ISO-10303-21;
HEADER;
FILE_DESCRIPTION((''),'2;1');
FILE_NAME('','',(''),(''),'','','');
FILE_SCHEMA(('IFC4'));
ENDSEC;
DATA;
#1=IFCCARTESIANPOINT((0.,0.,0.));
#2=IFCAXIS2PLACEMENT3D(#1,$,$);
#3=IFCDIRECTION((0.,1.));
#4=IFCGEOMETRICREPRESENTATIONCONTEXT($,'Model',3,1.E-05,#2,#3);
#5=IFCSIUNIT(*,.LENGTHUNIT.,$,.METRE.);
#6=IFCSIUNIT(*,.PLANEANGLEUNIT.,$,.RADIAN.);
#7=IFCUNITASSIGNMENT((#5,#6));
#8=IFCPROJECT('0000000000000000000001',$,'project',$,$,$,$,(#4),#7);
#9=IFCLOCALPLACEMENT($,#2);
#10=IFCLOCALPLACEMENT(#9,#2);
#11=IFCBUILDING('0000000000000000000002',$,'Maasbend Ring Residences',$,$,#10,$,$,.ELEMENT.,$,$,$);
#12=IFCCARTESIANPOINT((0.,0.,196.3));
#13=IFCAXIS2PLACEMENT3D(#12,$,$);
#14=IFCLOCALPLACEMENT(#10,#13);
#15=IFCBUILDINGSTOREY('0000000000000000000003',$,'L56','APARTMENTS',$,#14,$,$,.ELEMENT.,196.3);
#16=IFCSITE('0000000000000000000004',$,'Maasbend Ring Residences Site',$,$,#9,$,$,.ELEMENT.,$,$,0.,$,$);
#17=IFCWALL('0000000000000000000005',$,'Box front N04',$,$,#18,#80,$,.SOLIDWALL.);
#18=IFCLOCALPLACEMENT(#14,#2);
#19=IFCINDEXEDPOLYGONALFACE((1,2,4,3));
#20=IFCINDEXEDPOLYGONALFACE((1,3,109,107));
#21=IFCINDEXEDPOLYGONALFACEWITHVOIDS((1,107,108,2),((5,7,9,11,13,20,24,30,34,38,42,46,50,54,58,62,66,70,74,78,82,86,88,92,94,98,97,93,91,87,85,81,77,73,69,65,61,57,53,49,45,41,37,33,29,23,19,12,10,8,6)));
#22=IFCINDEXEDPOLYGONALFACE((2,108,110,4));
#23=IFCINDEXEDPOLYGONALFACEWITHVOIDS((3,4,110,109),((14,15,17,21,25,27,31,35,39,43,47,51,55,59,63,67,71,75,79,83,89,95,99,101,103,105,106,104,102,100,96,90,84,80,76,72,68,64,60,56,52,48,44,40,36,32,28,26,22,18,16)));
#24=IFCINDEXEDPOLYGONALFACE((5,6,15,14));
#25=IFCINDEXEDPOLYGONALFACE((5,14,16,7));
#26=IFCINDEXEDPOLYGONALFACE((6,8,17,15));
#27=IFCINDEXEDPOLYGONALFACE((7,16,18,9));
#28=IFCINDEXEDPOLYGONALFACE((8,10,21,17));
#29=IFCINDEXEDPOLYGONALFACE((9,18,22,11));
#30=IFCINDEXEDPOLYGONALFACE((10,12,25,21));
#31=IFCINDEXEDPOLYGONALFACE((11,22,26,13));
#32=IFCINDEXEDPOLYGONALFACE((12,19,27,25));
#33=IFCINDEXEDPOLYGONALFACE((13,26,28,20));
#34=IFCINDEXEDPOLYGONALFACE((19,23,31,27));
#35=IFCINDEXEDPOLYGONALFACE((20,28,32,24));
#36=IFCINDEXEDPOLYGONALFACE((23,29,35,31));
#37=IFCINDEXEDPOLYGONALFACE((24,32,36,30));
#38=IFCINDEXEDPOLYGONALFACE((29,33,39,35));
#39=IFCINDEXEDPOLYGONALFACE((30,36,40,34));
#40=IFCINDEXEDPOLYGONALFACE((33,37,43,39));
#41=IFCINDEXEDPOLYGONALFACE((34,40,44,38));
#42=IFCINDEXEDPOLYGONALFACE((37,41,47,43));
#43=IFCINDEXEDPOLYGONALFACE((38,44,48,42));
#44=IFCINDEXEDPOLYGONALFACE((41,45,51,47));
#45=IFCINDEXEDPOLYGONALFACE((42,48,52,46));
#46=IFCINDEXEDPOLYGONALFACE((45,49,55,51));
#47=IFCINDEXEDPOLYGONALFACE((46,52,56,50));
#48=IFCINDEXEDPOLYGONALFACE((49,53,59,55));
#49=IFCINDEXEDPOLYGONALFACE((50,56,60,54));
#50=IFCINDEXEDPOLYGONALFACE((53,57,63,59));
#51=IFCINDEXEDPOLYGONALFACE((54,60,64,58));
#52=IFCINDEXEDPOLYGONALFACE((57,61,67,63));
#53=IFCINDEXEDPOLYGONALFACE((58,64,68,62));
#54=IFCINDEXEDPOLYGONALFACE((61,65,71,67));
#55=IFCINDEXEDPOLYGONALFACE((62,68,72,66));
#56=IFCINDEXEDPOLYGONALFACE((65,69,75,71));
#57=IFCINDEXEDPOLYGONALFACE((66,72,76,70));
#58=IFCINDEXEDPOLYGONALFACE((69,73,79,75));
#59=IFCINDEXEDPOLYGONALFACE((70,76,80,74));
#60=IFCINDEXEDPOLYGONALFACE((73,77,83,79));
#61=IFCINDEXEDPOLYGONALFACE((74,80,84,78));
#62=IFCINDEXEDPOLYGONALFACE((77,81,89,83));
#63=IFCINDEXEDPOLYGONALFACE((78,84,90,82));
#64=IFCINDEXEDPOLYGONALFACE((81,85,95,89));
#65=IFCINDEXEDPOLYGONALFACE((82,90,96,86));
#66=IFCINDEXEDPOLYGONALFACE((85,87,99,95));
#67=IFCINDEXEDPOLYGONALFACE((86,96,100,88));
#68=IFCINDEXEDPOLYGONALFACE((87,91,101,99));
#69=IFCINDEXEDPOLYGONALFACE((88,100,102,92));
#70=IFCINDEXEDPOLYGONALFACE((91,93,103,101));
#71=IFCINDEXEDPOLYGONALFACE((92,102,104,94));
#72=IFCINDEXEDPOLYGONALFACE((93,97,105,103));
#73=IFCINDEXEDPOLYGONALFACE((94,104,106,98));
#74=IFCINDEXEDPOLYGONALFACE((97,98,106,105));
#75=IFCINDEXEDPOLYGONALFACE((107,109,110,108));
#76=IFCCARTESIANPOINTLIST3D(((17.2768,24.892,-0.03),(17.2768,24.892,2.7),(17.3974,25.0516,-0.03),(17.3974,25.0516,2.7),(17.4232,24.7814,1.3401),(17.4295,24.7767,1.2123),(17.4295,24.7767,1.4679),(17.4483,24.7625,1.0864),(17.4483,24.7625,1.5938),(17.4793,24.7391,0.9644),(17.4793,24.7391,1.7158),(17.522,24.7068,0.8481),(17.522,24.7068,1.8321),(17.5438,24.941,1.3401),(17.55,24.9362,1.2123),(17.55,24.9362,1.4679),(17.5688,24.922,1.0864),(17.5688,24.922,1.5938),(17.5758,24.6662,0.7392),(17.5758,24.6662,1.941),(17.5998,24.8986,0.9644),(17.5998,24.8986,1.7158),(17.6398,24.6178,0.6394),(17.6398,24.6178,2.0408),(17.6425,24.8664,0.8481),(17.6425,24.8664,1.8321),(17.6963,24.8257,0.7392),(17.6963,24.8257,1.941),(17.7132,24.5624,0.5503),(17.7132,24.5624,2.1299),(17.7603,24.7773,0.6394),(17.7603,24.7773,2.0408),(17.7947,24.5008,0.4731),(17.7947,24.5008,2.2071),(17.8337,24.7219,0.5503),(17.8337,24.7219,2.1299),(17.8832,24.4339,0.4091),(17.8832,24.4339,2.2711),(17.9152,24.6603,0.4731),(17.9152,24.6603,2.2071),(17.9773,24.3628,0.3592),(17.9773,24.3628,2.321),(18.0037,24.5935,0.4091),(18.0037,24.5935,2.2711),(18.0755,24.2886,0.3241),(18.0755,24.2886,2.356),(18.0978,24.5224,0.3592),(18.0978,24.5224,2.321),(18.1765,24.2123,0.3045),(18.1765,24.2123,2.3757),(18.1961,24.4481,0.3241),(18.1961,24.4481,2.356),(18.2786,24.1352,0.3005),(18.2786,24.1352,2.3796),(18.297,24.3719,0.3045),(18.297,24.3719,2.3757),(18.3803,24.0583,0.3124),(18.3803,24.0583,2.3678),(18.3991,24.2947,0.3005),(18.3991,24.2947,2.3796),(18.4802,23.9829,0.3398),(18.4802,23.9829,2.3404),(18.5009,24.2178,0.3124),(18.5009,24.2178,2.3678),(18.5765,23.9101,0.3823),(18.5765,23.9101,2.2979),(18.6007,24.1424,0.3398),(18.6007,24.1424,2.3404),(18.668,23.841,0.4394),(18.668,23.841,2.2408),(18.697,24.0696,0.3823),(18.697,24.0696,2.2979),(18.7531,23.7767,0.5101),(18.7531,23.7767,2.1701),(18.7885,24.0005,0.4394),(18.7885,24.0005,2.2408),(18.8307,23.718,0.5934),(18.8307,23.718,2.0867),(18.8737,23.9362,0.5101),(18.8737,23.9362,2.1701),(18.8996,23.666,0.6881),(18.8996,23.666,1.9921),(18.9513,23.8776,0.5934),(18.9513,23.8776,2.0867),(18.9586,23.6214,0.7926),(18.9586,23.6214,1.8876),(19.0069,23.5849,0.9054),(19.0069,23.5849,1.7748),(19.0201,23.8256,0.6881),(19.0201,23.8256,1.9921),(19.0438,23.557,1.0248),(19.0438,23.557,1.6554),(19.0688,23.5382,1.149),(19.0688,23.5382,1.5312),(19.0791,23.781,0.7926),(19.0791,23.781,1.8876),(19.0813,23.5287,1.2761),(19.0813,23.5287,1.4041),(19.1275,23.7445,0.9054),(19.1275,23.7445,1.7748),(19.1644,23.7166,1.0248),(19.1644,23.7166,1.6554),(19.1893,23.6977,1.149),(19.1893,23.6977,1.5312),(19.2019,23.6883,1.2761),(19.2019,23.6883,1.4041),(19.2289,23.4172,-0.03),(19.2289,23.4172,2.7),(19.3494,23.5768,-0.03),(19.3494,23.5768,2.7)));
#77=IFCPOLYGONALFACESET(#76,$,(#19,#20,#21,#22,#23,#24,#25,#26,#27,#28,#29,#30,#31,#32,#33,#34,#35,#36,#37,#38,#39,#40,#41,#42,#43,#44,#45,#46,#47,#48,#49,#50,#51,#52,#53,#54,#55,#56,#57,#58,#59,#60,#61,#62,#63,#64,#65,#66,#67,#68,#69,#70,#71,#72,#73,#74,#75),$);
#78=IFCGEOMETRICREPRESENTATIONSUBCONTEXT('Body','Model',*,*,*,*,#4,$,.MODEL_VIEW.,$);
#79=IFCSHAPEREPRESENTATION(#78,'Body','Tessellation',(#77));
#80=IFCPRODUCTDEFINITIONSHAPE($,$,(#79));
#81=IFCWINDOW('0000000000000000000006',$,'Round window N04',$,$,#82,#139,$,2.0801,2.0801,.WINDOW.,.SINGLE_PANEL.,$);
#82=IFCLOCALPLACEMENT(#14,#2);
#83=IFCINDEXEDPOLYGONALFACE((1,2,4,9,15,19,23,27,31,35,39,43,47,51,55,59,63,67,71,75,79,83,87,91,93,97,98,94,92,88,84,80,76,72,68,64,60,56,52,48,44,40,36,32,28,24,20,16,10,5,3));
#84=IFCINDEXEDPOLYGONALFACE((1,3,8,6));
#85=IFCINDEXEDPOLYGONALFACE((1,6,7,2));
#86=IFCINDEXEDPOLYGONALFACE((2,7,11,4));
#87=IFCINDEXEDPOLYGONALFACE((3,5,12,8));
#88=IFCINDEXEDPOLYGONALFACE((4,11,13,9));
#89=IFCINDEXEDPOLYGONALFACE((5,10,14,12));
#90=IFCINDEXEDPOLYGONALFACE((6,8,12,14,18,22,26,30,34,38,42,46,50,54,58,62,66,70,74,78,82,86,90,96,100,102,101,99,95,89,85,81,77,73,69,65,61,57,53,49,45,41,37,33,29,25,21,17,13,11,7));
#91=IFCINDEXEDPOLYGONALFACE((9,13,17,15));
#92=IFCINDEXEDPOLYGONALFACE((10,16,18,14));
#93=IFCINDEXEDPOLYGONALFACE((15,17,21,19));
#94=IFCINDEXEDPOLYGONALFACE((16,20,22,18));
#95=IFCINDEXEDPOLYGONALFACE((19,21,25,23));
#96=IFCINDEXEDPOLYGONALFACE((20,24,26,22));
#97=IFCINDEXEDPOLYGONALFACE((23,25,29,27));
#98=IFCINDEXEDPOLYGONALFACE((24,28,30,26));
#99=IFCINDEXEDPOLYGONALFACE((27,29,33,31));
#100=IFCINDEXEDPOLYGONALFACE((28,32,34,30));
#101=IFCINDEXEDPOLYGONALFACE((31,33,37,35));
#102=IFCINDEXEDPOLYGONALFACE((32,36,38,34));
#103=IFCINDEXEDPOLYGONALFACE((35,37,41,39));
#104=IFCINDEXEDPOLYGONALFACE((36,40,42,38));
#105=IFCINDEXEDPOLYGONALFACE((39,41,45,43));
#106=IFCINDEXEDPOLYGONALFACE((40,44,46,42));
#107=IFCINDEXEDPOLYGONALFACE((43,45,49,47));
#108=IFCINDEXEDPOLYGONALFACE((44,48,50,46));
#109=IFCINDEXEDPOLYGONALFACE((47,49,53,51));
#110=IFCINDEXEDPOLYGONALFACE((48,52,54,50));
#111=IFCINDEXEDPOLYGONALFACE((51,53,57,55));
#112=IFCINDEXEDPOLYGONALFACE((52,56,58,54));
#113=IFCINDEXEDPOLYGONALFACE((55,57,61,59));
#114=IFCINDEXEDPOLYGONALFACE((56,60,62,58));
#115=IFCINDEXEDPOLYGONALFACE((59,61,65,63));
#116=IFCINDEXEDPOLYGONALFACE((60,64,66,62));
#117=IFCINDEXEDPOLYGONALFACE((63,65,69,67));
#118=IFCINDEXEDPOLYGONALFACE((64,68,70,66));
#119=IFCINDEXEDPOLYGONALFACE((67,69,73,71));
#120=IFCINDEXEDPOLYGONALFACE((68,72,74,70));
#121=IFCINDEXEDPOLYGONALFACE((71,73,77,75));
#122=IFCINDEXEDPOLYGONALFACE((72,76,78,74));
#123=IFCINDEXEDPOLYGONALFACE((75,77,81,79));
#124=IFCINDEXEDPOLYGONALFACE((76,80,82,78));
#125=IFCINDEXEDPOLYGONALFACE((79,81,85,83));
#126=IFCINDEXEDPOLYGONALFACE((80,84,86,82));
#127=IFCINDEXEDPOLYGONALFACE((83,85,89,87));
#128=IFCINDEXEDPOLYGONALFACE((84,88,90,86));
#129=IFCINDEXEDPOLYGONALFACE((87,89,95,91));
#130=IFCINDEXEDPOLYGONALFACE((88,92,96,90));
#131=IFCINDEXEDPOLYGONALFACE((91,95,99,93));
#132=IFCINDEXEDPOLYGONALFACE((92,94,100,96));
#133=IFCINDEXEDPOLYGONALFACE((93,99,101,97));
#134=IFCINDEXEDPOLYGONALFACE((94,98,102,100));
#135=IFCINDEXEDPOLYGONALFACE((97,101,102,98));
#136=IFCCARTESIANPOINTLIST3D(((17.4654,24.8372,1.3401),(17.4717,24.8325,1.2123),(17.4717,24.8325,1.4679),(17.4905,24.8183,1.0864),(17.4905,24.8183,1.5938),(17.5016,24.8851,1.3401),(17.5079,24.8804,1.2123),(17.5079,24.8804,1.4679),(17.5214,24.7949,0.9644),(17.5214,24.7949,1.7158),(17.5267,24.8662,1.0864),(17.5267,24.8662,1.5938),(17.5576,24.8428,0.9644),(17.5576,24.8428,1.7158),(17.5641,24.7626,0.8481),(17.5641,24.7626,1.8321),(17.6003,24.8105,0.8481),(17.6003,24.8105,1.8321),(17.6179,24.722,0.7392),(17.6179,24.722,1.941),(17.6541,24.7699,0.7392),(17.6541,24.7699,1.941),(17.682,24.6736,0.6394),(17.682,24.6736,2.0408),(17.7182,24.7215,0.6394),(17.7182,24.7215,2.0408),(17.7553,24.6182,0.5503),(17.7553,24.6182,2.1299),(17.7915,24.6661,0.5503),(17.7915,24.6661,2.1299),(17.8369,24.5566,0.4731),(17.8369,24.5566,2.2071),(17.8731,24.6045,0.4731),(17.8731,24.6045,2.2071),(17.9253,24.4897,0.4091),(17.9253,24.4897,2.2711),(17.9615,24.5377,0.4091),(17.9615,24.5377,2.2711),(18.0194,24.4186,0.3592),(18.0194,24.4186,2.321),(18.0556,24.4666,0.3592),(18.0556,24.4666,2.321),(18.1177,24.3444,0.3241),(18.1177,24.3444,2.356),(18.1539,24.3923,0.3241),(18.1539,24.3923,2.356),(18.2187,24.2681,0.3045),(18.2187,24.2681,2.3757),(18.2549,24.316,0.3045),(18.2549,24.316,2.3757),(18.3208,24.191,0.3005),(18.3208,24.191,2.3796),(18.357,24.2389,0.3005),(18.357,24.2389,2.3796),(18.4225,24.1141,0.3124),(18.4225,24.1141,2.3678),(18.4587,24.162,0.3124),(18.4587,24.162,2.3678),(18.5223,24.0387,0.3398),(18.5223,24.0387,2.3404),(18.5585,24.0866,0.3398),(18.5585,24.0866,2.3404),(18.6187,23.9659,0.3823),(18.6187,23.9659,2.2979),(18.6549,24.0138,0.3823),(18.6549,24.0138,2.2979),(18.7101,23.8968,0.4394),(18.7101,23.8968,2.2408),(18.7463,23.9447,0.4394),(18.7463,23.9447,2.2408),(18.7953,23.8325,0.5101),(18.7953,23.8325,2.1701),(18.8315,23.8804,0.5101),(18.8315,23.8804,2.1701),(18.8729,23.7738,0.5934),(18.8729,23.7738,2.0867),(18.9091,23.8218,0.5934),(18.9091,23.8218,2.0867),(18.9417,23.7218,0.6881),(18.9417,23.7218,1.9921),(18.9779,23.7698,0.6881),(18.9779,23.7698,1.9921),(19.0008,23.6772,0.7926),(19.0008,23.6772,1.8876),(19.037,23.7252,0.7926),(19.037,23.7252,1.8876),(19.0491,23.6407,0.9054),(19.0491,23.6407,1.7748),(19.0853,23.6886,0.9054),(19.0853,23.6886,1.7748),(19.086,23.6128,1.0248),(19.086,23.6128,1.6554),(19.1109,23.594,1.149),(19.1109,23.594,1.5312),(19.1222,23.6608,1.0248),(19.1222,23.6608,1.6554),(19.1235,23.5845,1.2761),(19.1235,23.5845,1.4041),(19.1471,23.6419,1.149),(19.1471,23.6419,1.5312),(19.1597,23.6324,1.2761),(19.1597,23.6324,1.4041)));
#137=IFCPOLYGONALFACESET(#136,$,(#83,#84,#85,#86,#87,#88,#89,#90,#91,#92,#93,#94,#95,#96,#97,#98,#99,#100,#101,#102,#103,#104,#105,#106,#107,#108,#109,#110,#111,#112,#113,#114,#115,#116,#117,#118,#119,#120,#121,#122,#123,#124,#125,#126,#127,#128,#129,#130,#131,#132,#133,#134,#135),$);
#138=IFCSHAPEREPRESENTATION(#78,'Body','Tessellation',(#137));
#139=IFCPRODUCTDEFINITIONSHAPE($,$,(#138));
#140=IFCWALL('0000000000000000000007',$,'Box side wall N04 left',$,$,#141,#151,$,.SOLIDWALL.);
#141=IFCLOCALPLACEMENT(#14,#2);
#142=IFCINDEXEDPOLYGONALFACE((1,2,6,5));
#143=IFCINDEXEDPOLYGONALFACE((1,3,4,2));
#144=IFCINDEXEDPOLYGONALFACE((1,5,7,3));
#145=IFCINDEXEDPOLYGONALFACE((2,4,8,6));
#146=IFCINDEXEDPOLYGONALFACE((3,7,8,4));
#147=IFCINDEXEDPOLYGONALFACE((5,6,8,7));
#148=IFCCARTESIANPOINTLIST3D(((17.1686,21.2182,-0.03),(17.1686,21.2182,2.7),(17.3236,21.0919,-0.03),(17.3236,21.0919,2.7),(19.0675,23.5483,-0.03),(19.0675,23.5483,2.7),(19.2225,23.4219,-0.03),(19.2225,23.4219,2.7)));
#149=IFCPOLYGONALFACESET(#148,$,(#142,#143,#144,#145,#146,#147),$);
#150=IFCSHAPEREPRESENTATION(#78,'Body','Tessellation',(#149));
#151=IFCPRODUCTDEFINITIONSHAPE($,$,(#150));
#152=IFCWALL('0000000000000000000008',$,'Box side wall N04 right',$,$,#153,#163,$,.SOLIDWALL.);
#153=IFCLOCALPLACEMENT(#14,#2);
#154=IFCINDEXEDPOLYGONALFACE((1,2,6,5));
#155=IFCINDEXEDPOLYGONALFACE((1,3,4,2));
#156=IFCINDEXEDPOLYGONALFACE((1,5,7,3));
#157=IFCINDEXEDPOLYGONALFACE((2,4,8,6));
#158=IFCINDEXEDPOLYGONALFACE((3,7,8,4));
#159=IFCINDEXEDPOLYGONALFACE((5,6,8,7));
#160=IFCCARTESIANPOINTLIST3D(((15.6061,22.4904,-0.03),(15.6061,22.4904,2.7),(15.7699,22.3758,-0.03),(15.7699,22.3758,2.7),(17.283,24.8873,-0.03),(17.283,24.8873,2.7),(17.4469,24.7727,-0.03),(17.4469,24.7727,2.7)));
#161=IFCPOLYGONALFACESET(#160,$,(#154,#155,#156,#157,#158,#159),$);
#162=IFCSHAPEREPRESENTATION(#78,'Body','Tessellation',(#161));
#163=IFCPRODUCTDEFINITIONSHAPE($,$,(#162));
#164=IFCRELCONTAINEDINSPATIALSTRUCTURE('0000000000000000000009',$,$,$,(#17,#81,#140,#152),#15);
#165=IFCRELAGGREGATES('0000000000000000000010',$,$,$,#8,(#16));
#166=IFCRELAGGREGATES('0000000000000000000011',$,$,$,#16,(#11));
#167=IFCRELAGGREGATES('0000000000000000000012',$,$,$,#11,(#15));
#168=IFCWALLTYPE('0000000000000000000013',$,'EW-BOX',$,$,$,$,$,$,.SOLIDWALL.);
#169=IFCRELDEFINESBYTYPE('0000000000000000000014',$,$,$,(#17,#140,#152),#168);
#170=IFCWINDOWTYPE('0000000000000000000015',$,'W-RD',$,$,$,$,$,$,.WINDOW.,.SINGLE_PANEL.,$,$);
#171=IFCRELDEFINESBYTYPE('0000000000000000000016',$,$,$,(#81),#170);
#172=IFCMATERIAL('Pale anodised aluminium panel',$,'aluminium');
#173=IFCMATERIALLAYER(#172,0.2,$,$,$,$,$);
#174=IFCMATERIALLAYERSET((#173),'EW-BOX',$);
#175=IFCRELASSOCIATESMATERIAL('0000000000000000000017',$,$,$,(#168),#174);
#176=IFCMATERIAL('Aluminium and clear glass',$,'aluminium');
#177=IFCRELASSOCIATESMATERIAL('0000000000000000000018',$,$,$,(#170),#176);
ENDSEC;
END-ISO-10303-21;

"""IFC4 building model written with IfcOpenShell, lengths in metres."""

from ifc_helpers import new_model, si_unit, direction, frame, frame_2d, origin, place, context, subcontext, project, spatial, rectangle, circle, extrude, material, layer, layer_set, type_object, element, fill, save


model = new_model("IFC4")

# Units and contexts
model_context = context("Model", 3, precision=1e-05, world=origin(), true_north=direction((0.0, 1.0)))
body_context = subcontext(model_context, "Body", "Model", "MODEL_VIEW")
ifc_project = project(units=[si_unit("LENGTHUNIT", "METRE"), si_unit("PLANEANGLEUNIT", "RADIAN")], contexts=[model_context])

# Site, building, storey
site_placement = place(None, origin())
site = spatial("IfcSite", under=ifc_project, at=site_placement, Name="Maasbend Ring Residences Site", CompositionType="ELEMENT", RefElevation=0.0)
building_placement = place(site_placement, origin())
building = spatial("IfcBuilding", under=site, at=building_placement, Name="Maasbend Ring Residences", CompositionType="ELEMENT")
storey_placement = place(building_placement, frame((0.0, 0.0, 196.3)))
storey = spatial("IfcBuildingStorey", under=building, at=storey_placement, Name="L56", Description="APARTMENTS", CompositionType="ELEMENT", Elevation=196.3)

# Shared definitions
ifc_material_1 = material(Name="Pale anodised aluminium panel", Category="aluminium")
ifc_layer_1 = layer(ifc_material_1, 0.2)
ifc_layer_set_1 = layer_set([ifc_layer_1], Name="EW-BOX")
wall_type_1 = type_object("IfcWallType", Name="EW-BOX", PredefinedType="SOLIDWALL", material=ifc_layer_set_1)

# Wall, opening, window
wall_1_placement = place(storey_placement, frame((19.2891, 23.4971, -0.03), z_axis=(0.0, 0.0, 1.0), x_axis=(-0.797888, 0.602806, 0.0)))
wall_1 = element("IfcWall", 1, at=wall_1_placement, inside=storey, type_object=wall_type_1, Name="Box front N04", PredefinedType="SOLIDWALL", context=body_context, shape_type="SweptSolid", body=[
    extrude(rectangle(XDim=2.4465, YDim=0.2, at=frame_2d((1.2231, 0.0))), origin(), (0.0, 0.0, 1.0), 2.73),
])
opening_1_placement = place(wall_1_placement, frame((0.1829, 0.0, 0.3301)))
opening_1 = element("IfcOpeningElement", 2, at=opening_1_placement, cuts=wall_1, PredefinedType="OPENING", context=body_context, shape_type="SweptSolid", body=[
    extrude(circle(Radius=1.04, at=frame_2d((1.04, 1.04))), frame((0.0, 0.1099, 0.0), z_axis=(0.0, -1.0, 0.0), x_axis=(1.0, 0.0, 0.0)), (0.0, 0.0, 1.0), 0.22),
])
ifc_material_2 = material(Name="Aluminium and clear glass", Category="aluminium")
window_type_1 = type_object("IfcWindowType", Name="W-RD", PartitioningType="SINGLE_PANEL", PredefinedType="WINDOW", material=ifc_material_2)
window_1_placement = place(opening_1_placement, origin())
window_1 = element("IfcWindow", 3, at=window_1_placement, inside=storey, type_object=window_type_1, Name="Round window N04", OverallHeight=2.0801, OverallWidth=2.0801, PartitioningType="SINGLE_PANEL", PredefinedType="WINDOW", context=body_context, shape_type="SweptSolid", body=[
    extrude(circle(Radius=1.04, at=frame_2d((1.04, 1.04))), frame((0.0, 0.03, 0.0), z_axis=(0.0, -1.0, 0.0), x_axis=(1.0, 0.0, 0.0)), (0.0, 0.0, 1.0), 0.0601),
])
fill(opening_1, window_1)

# Walls
wall_2_placement = place(storey_placement, frame((17.2461, 21.155, -0.03), z_axis=(0.0, 0.0, 1.0), x_axis=(0.631742, 0.775179, 0.0)))
element("IfcWall", 4, at=wall_2_placement, inside=storey, type_object=wall_type_1, Name="Box side wall N04 left", PredefinedType="SOLIDWALL", context=body_context, shape_type="SweptSolid", body=[
    extrude(rectangle(XDim=3.0059, YDim=0.2, at=frame_2d((1.5029, 0.0))), origin(), (0.0, 0.0, 1.0), 2.73),
])
wall_3_placement = place(storey_placement, frame((15.688, 22.4331, -0.03), z_axis=(0.0, 0.0, 1.0), x_axis=(0.573261, 0.819373, 0.0)))
element("IfcWall", 5, at=wall_3_placement, inside=storey, type_object=wall_type_1, Name="Box side wall N04 right", PredefinedType="SOLIDWALL", context=body_context, shape_type="SweptSolid", body=[
    extrude(rectangle(XDim=2.9253, YDim=0.2, at=frame_2d((1.4626, 0.0))), origin(), (0.0, 0.0, 1.0), 2.73),
])

save(model, "model.ifc")
